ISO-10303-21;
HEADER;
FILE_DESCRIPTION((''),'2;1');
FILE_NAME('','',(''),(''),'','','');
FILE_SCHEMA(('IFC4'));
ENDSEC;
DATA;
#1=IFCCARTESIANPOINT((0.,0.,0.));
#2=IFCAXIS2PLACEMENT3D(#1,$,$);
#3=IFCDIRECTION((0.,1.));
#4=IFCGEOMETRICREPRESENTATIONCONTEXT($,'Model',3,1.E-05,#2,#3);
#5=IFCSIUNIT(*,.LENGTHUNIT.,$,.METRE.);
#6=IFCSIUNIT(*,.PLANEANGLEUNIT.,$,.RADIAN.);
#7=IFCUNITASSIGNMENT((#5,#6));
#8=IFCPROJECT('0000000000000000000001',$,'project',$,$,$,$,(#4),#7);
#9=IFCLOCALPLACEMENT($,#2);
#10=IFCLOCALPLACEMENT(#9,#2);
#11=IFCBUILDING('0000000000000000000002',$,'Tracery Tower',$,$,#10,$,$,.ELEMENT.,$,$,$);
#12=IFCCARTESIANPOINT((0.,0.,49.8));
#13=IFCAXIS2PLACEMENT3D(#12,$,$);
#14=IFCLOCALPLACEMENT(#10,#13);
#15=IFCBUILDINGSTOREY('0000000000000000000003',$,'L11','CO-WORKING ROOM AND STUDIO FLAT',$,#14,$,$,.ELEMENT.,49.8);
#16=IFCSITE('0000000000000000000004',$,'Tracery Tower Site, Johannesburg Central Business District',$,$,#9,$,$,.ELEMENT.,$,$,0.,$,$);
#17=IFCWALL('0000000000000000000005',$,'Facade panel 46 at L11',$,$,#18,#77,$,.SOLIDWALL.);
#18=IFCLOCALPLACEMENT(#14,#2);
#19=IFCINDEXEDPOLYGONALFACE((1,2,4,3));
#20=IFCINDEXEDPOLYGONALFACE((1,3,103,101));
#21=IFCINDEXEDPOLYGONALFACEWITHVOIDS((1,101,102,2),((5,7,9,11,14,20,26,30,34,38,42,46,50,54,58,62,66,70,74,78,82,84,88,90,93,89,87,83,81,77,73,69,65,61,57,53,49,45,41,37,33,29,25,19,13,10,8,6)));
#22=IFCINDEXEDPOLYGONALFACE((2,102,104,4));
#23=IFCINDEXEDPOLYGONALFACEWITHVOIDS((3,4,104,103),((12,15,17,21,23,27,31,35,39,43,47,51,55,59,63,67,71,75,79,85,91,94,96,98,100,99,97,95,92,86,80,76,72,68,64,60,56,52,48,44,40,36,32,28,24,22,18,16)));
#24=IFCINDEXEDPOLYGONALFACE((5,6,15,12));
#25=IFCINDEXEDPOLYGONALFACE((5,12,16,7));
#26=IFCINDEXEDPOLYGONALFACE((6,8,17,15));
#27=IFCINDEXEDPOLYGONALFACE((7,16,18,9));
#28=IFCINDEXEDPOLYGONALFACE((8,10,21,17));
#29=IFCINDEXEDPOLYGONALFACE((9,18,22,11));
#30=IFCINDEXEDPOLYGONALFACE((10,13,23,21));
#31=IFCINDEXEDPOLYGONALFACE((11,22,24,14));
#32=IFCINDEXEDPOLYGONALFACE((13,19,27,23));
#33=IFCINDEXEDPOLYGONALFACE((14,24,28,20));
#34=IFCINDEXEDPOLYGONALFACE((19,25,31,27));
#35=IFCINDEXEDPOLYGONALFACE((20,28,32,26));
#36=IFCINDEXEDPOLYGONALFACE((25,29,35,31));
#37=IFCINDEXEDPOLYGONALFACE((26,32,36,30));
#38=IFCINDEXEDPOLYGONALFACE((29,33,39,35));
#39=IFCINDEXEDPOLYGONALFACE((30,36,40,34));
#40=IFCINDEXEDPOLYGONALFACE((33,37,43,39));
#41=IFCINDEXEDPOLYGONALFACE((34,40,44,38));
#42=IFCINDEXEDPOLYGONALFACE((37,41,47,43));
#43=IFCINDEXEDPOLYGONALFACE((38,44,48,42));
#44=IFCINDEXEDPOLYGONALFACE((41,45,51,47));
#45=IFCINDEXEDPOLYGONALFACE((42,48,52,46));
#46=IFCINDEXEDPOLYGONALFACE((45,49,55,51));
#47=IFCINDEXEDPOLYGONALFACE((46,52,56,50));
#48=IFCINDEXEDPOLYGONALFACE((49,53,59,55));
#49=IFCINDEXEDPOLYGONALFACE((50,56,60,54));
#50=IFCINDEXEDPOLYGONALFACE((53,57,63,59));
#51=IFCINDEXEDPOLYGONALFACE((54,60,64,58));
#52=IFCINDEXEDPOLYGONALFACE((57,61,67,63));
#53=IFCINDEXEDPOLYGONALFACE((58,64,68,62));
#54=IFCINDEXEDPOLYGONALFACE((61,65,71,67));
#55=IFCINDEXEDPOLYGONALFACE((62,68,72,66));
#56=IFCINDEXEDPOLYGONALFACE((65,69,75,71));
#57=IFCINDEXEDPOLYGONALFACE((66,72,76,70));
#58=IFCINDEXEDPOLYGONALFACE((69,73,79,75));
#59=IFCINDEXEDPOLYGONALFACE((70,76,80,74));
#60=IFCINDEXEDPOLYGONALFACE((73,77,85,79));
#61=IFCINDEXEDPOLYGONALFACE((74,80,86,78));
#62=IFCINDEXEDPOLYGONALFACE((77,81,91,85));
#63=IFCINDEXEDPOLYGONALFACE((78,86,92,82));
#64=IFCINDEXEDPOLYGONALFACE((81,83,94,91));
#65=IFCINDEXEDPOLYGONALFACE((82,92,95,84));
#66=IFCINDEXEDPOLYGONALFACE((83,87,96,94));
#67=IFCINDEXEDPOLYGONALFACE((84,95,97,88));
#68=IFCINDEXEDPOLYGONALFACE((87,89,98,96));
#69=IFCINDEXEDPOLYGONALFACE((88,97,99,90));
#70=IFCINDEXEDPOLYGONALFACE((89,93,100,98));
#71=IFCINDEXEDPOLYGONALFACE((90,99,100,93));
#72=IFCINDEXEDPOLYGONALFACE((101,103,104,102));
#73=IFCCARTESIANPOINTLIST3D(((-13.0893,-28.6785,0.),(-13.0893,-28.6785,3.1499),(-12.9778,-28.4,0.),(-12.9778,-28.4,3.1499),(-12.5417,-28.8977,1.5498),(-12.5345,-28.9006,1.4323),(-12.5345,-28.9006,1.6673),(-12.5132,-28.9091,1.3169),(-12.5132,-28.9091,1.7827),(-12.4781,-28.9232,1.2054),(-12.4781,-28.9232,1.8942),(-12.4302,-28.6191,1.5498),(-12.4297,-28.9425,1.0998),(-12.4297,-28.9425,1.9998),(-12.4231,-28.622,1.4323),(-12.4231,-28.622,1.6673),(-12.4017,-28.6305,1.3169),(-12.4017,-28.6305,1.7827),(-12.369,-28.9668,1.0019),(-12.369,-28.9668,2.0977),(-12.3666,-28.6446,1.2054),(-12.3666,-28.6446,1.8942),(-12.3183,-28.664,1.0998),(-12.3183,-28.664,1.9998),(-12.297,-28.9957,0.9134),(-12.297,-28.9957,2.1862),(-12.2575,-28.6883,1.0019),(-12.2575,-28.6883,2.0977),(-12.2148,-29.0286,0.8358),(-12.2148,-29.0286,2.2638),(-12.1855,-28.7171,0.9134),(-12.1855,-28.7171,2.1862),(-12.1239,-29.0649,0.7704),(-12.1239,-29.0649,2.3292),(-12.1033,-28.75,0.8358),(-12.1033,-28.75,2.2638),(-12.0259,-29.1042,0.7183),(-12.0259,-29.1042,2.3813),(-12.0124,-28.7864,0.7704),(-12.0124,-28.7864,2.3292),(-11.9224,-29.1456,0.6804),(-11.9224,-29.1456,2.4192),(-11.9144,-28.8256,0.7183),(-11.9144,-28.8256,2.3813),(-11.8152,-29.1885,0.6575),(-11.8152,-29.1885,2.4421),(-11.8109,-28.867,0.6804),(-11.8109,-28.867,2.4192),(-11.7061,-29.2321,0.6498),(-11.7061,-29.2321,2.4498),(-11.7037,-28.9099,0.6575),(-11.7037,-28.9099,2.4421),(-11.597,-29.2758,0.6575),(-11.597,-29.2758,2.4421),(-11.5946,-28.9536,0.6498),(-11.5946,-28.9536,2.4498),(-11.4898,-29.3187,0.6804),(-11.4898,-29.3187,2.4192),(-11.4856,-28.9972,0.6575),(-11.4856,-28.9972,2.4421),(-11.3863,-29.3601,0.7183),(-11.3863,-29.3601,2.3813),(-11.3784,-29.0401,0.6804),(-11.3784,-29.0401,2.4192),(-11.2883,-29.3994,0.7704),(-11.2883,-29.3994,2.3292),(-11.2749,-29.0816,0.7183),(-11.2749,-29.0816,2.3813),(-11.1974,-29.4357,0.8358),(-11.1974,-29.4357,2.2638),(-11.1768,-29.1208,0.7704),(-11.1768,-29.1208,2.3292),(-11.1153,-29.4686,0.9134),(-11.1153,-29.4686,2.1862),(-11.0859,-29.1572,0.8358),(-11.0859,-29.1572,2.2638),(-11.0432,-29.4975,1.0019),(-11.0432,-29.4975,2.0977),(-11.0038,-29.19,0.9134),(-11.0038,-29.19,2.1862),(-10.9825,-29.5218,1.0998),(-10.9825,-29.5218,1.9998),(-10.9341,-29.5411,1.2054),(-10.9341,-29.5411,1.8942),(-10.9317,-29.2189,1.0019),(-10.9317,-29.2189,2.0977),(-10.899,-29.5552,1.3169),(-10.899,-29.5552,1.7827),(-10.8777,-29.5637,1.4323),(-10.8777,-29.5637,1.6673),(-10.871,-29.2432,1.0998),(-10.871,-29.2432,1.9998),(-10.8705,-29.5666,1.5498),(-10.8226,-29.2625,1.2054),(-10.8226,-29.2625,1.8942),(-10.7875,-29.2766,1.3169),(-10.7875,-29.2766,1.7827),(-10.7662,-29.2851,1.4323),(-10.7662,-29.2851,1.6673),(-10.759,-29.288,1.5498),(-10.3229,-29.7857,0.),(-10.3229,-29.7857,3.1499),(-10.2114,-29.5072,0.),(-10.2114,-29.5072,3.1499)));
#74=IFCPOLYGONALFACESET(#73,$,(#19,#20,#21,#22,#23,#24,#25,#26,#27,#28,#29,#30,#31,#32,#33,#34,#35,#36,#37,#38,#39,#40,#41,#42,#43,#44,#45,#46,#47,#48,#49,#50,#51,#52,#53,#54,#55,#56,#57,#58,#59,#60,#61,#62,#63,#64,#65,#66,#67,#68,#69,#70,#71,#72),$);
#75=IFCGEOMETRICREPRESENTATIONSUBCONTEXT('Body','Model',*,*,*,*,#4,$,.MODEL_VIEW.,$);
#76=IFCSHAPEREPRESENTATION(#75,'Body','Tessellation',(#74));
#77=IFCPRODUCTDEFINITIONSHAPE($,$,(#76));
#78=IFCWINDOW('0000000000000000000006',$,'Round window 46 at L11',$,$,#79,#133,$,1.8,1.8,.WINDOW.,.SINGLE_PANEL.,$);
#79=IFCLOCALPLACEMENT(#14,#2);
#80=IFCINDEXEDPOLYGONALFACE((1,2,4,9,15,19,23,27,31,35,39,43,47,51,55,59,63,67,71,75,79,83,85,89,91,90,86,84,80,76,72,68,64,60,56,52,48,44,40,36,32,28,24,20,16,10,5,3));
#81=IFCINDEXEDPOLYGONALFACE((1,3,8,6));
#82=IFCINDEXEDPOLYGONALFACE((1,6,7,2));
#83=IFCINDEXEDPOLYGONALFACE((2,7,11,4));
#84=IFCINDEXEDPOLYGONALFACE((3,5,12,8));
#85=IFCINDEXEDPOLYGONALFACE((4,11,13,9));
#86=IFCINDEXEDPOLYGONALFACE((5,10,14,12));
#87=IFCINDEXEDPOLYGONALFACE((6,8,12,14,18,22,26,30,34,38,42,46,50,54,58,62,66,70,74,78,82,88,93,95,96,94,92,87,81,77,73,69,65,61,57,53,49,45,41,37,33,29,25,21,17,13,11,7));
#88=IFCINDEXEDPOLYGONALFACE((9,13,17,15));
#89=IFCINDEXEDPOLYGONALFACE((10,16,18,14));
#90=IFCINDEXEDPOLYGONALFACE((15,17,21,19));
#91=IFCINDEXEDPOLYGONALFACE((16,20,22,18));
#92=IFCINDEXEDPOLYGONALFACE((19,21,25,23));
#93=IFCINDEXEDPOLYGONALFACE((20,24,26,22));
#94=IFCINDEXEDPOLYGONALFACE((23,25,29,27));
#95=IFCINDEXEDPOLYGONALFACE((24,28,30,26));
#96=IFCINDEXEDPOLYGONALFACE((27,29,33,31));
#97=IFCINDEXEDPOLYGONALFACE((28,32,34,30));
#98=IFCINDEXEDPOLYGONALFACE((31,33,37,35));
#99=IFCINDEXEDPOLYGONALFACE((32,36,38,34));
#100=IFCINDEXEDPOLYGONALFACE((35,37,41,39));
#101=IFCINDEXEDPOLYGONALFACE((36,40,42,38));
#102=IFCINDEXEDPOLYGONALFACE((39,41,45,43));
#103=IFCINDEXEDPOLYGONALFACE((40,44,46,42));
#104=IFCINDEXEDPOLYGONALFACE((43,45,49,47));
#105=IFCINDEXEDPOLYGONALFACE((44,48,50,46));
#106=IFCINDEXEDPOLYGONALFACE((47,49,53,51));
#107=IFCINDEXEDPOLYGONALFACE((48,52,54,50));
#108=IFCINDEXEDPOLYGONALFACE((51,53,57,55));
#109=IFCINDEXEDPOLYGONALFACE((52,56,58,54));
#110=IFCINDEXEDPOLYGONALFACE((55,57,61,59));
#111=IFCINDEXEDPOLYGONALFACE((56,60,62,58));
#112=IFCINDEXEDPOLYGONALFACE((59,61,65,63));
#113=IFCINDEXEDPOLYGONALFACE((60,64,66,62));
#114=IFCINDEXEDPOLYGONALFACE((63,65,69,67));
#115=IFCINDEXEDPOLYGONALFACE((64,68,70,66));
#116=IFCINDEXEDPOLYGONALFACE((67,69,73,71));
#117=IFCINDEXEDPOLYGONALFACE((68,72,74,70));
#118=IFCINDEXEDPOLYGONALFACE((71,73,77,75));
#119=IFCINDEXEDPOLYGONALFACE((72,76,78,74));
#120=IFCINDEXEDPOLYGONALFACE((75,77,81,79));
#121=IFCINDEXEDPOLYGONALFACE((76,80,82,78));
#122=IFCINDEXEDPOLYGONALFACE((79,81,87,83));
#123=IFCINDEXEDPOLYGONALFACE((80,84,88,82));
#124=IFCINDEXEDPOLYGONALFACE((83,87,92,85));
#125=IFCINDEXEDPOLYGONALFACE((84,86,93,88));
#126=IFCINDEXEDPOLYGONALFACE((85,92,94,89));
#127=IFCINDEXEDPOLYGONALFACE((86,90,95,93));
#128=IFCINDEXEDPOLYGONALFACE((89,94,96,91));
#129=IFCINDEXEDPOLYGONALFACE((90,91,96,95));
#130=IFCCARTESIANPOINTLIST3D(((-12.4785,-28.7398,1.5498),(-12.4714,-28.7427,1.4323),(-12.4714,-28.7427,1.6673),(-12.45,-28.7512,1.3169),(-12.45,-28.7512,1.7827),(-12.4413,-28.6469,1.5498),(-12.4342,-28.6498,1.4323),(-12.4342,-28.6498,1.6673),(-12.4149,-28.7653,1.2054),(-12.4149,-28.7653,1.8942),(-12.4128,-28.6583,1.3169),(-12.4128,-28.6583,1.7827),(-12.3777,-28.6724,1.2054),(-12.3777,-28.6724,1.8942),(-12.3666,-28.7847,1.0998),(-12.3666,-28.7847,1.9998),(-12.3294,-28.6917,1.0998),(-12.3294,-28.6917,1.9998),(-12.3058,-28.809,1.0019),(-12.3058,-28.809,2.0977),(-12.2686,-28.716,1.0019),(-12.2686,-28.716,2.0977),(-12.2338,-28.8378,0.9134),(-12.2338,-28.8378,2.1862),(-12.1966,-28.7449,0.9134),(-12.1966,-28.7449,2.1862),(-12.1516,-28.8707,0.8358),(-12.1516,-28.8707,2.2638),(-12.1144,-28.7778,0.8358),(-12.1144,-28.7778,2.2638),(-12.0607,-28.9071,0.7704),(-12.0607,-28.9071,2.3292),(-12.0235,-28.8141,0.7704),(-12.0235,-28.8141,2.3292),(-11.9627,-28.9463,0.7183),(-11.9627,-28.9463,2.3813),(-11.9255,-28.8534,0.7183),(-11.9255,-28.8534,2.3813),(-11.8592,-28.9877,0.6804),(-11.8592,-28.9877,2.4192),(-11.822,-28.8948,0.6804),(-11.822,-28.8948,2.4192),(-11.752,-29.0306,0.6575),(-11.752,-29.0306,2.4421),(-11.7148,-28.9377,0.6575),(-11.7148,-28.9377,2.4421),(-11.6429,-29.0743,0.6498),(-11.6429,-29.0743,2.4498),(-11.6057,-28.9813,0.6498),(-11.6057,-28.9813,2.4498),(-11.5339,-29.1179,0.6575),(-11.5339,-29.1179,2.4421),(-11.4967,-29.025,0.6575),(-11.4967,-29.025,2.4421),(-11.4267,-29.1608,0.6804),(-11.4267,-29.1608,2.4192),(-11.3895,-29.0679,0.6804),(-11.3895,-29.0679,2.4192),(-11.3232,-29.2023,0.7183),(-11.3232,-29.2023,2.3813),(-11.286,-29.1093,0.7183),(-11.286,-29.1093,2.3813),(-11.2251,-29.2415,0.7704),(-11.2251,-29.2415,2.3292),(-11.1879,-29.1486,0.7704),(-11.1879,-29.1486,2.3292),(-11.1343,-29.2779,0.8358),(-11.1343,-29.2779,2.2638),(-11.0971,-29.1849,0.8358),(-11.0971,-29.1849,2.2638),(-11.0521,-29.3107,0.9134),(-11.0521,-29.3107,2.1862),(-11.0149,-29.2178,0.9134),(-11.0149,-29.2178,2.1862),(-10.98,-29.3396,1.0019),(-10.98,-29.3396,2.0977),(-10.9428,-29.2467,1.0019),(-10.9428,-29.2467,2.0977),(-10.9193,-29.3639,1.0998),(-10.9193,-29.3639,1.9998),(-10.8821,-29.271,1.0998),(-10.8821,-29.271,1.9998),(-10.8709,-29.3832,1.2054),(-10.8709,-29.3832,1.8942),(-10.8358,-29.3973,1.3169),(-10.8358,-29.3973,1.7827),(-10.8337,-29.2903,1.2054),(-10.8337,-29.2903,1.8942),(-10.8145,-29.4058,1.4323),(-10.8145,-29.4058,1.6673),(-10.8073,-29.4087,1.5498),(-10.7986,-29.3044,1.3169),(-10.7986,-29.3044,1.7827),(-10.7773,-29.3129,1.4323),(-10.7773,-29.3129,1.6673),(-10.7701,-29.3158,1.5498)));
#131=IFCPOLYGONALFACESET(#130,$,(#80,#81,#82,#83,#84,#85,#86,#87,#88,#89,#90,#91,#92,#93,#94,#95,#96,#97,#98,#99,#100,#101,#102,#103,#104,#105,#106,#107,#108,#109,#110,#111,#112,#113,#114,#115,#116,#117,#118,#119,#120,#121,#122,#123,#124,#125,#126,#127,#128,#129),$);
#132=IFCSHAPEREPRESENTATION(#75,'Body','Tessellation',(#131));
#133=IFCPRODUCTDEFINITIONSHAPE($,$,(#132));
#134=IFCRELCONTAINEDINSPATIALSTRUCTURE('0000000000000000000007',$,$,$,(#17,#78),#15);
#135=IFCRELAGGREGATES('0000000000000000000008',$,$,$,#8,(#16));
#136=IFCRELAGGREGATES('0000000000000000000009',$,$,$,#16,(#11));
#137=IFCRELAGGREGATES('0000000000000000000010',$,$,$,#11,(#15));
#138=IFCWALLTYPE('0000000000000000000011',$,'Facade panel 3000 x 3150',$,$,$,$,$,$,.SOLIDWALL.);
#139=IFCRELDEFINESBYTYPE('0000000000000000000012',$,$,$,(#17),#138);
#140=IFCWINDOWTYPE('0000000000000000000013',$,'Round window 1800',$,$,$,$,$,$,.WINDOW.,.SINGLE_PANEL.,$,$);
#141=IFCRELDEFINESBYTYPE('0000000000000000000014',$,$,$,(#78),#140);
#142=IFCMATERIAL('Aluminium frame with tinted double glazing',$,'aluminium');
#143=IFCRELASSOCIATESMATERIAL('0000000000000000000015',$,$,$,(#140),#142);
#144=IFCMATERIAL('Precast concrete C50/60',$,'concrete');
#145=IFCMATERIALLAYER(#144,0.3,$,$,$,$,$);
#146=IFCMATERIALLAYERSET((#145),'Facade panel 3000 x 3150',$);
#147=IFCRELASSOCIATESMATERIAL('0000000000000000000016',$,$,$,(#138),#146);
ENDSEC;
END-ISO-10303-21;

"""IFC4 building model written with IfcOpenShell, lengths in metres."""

from ifc_helpers import new_model, si_unit, direction, frame, frame_2d, origin, origin_2d, place, context, subcontext, project, spatial, rectangle, circle, extrude, material, layer, layer_set, type_object, element, fill, save


model = new_model("IFC4")

# Units and contexts
model_context = context("Model", 3, precision=1e-05, world=origin(), true_north=direction((0.0, 1.0)))
body_context = subcontext(model_context, "Body", "Model", "MODEL_VIEW")
ifc_project = project(units=[si_unit("LENGTHUNIT", "METRE"), si_unit("PLANEANGLEUNIT", "RADIAN")], contexts=[model_context])

# Site, building, storey
site_placement = place(None, origin())
site = spatial("IfcSite", under=ifc_project, at=site_placement, Name="Tracery Tower Site, Johannesburg Central Business District", CompositionType="ELEMENT", RefElevation=0.0)
building_placement = place(site_placement, origin())
building = spatial("IfcBuilding", under=site, at=building_placement, Name="Tracery Tower", CompositionType="ELEMENT")
storey_placement = place(building_placement, frame((0.0, 0.0, 49.8)))
storey = spatial("IfcBuildingStorey", under=building, at=storey_placement, Name="L11", Description="CO-WORKING ROOM AND STUDIO FLAT", CompositionType="ELEMENT", Elevation=49.8)

# Wall, opening, window
ifc_material_1 = material(Name="Aluminium frame with tinted double glazing", Category="aluminium")
window_type = type_object("IfcWindowType", Name="Round window 1800", PartitioningType="SINGLE_PANEL", PredefinedType="WINDOW", material=ifc_material_1)
ifc_material_2 = material(Name="Precast concrete C50/60", Category="concrete")
ifc_layer_1 = layer(ifc_material_2, 0.3)
ifc_layer_set_1 = layer_set([ifc_layer_1], Name="Facade panel 3000 x 3150")
wall_type_1 = type_object("IfcWallType", Name="Facade panel 3000 x 3150", PredefinedType="SOLIDWALL", material=ifc_layer_set_1)
wall_1_placement = place(storey_placement, frame((-13.0334, -28.5393, 0.0), z_axis=(0.0, 0.0, 1.0), x_axis=(0.928403, -0.371574, 0.0)))
wall_1 = element("IfcWall", 1, at=wall_1_placement, inside=storey, type_object=wall_type_1, Name="Facade panel 46 at L11", PredefinedType="SOLIDWALL", context=body_context, shape_type="SweptSolid", body=[
    extrude(rectangle(XDim=2.9797, YDim=0.3, at=frame_2d((1.4897, 0.0))), origin(), (0.0, 0.0, 1.0), 3.1499),
])
opening_1_placement = place(wall_1_placement, frame((1.4897, 0.0, 1.5498)))
opening_1 = element("IfcOpeningElement", 2, at=opening_1_placement, cuts=wall_1, PredefinedType="OPENING", context=body_context, shape_type="SweptSolid", body=[
    extrude(circle(Radius=0.9, at=origin_2d()), frame((0.0, 0.1599, 0.0), z_axis=(0.0, -1.0, 0.0), x_axis=(1.0, 0.0, 0.0)), (0.0, 0.0, 1.0), 0.3201),
])
window_1_placement = place(opening_1_placement, origin())
window_1 = element("IfcWindow", 3, at=window_1_placement, inside=storey, type_object=window_type, Name="Round window 46 at L11", OverallHeight=1.8, OverallWidth=1.8, PartitioningType="SINGLE_PANEL", PredefinedType="WINDOW", context=body_context, shape_type="SweptSolid", body=[
    extrude(circle(Radius=0.9, at=origin_2d()), frame((0.0, 0.1201, 0.0), z_axis=(0.0, -1.0, 0.0), x_axis=(1.0, 0.0, 0.0)), (0.0, 0.0, 1.0), 0.1001),
])
fill(opening_1, window_1)

save(model, "model.ifc")
